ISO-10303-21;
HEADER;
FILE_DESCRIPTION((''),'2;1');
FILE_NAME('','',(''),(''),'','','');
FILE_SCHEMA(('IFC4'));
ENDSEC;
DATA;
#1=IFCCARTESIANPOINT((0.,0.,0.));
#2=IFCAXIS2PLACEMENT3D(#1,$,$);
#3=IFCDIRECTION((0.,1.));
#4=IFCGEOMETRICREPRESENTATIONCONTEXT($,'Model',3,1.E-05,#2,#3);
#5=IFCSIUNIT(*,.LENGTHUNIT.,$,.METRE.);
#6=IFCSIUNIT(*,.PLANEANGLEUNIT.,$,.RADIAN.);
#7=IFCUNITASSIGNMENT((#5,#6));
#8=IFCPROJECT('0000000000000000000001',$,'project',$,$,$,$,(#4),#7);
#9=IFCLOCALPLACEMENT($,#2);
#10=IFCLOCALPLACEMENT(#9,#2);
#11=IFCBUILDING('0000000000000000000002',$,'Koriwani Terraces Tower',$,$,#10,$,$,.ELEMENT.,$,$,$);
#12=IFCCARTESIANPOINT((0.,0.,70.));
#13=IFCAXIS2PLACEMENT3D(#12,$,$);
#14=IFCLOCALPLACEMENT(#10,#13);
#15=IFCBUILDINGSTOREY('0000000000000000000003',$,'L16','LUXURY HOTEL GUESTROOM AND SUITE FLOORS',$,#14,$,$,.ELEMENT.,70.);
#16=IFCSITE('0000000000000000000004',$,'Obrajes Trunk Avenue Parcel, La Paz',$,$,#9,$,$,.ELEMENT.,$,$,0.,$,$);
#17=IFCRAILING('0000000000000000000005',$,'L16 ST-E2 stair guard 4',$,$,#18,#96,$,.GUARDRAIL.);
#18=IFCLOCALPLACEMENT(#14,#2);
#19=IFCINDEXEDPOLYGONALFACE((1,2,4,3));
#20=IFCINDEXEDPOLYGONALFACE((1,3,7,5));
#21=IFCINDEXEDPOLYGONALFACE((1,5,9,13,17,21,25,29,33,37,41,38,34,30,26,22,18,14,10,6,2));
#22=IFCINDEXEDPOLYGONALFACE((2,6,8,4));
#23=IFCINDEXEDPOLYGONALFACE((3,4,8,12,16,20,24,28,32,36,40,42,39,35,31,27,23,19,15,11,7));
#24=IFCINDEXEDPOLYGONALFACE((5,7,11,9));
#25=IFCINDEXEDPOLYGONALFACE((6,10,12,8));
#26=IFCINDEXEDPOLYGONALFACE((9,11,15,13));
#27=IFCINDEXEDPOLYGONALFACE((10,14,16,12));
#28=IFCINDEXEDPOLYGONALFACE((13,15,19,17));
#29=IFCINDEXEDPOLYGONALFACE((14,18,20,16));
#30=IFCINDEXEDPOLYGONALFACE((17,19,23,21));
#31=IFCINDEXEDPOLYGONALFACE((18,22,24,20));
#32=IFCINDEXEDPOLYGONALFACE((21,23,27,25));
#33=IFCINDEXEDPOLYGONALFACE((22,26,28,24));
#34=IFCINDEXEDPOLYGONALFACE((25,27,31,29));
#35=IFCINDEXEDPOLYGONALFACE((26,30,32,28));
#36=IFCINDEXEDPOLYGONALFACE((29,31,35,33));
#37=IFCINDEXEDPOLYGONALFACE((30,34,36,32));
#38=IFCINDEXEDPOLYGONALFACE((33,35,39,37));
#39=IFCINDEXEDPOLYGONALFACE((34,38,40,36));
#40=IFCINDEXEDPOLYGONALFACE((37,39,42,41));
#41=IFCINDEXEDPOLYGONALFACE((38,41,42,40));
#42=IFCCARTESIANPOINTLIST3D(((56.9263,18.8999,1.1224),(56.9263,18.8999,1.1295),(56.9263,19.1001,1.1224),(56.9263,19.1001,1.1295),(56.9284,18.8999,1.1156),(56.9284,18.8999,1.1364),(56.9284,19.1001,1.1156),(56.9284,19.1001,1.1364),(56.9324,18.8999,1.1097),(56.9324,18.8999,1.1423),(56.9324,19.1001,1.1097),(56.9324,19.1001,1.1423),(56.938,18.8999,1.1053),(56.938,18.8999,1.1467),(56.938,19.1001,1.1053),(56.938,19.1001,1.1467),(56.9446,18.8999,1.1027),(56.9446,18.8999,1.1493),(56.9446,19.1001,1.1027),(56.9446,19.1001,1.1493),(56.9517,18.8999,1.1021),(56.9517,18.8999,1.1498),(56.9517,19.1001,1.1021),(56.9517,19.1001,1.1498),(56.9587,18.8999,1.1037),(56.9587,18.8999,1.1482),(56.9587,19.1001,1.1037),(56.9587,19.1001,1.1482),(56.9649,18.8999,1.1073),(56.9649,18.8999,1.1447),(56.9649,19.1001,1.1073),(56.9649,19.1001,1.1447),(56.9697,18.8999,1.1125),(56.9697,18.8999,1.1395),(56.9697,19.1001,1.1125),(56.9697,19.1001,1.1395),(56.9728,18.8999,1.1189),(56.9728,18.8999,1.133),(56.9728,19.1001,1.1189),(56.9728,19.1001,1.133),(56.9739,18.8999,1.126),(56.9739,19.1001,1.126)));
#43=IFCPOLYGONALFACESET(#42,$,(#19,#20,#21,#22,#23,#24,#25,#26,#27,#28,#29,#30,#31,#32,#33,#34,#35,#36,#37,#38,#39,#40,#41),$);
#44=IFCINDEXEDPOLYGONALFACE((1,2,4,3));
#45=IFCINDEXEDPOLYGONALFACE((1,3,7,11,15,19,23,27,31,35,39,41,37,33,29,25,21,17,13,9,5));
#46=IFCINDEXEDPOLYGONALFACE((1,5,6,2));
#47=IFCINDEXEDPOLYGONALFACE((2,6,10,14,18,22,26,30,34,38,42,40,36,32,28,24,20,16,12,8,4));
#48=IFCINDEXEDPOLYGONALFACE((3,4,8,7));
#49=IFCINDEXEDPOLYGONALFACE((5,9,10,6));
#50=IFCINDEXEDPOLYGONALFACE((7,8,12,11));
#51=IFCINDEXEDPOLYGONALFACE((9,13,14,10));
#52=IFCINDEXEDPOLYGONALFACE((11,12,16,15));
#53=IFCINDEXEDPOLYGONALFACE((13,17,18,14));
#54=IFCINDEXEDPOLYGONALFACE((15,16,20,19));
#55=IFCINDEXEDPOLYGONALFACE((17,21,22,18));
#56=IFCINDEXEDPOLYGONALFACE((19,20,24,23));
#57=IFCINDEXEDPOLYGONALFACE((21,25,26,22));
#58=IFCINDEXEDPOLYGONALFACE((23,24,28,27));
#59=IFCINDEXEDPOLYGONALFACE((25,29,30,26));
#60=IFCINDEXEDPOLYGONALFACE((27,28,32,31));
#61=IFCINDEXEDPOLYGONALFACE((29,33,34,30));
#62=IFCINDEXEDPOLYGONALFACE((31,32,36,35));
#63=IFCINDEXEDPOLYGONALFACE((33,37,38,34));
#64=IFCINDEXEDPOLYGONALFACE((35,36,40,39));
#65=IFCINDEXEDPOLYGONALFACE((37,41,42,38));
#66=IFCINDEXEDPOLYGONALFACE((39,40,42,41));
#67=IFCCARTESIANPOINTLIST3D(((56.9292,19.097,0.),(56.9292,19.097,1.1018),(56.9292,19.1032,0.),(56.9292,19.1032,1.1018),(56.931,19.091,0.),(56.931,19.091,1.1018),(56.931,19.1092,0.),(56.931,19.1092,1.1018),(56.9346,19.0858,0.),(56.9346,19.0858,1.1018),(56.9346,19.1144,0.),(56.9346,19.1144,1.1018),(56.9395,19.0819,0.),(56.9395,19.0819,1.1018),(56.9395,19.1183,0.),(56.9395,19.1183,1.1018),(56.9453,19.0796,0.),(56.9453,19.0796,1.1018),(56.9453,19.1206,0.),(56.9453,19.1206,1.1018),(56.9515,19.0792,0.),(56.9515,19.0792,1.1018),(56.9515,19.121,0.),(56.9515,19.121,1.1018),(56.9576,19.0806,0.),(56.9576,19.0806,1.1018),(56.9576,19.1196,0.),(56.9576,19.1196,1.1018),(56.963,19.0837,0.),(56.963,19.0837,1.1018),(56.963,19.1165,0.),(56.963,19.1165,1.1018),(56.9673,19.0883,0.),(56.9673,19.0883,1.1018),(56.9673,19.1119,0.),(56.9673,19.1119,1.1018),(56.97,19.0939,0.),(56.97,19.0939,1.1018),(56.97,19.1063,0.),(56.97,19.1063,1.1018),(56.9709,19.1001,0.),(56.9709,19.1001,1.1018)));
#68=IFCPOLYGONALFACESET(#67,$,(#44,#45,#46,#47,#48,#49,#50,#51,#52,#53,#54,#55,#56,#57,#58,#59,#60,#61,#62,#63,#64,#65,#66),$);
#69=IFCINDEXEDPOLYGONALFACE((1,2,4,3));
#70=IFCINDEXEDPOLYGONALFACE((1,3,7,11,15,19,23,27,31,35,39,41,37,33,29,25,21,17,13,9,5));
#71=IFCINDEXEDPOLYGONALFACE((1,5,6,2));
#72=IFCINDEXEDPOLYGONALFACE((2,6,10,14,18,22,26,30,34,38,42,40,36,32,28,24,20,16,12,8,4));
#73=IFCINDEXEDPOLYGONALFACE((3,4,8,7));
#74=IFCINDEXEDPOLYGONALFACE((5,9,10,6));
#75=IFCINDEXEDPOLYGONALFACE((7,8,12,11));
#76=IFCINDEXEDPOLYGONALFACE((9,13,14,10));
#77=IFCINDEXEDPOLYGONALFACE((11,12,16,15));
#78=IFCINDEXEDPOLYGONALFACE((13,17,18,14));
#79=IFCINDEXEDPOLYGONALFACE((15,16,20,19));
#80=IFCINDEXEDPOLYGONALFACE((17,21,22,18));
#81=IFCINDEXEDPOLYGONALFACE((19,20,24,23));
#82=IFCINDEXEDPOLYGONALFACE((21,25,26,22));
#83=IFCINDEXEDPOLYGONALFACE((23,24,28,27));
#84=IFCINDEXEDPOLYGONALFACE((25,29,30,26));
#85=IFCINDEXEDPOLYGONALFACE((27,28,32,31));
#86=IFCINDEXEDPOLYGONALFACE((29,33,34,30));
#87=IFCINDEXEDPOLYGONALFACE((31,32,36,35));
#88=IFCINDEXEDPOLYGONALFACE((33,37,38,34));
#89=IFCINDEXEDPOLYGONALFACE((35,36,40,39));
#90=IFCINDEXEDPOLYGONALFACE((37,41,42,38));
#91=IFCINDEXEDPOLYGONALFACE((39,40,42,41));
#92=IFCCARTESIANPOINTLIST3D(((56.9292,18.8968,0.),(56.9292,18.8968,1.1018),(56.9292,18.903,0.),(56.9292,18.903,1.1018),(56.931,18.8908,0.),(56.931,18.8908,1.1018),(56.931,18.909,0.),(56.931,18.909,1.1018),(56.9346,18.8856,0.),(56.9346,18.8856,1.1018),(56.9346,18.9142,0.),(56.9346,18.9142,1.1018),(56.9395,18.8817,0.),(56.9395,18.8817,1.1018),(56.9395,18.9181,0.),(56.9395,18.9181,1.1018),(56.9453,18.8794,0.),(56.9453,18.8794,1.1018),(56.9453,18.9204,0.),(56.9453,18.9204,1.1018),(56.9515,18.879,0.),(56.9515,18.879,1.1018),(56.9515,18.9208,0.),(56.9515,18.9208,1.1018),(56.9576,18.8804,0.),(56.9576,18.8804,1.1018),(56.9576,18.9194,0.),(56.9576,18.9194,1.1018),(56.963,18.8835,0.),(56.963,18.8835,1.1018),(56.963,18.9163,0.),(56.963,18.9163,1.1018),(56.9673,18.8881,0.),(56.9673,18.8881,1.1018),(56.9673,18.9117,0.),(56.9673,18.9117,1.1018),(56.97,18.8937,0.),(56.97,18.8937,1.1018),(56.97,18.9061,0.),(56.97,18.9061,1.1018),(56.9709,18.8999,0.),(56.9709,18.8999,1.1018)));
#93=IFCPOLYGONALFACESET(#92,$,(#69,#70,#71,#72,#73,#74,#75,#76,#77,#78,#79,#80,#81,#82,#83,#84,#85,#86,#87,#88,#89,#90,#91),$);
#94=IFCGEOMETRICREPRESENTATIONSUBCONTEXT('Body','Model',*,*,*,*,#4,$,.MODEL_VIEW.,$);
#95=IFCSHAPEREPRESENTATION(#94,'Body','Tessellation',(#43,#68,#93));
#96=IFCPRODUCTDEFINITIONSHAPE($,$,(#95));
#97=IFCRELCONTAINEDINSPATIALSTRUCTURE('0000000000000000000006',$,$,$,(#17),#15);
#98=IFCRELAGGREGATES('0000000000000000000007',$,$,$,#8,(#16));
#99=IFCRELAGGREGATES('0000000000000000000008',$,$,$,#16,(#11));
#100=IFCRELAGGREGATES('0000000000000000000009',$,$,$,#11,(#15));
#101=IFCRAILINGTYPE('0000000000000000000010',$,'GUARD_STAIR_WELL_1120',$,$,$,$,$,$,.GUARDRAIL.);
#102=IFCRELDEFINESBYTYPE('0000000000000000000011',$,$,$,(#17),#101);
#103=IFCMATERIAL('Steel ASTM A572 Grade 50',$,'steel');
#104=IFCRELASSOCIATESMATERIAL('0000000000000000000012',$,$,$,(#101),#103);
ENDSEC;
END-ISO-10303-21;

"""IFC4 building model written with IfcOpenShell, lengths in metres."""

from ifc_helpers import new_model, si_unit, direction, frame, origin, origin_2d, place, context, subcontext, project, spatial, circle, extrude, material, type_object, element, save


model = new_model("IFC4")

# Units and contexts
model_context = context("Model", 3, precision=1e-05, world=origin(), true_north=direction((0.0, 1.0)))
body_context = subcontext(model_context, "Body", "Model", "MODEL_VIEW")
ifc_project = project(units=[si_unit("LENGTHUNIT", "METRE"), si_unit("PLANEANGLEUNIT", "RADIAN")], contexts=[model_context])

# Site, building, storey
site_placement = place(None, origin())
site = spatial("IfcSite", under=ifc_project, at=site_placement, Name="Obrajes Trunk Avenue Parcel, La Paz", CompositionType="ELEMENT", RefElevation=0.0)
building_placement = place(site_placement, origin())
building = spatial("IfcBuilding", under=site, at=building_placement, Name="Koriwani Terraces Tower", CompositionType="ELEMENT")
storey_placement = place(building_placement, frame((0.0, 0.0, 70.0)))
storey = spatial("IfcBuildingStorey", under=building, at=storey_placement, Name="L16", Description="LUXURY HOTEL GUESTROOM AND SUITE FLOORS", CompositionType="ELEMENT", Elevation=70.0)

# Shared definitions
ifc_material_1 = material(Name="Steel ASTM A572 Grade 50", Category="steel")

# Railing
railing_type_1 = type_object("IfcRailingType", Name="GUARD_STAIR_WELL_1120", PredefinedType="GUARDRAIL", material=ifc_material_1)
railing_1_placement = place(storey_placement, frame((56.95, 19.1001, 0.0)))
element("IfcRailing", 1, at=railing_1_placement, inside=storey, type_object=railing_type_1, Name="L16 ST-E2 stair guard 4", PredefinedType="GUARDRAIL", context=body_context, shape_type="SweptSolid", body=[
    extrude(circle(Radius=0.0239, at=origin_2d()), frame((0.0, 0.0, 1.126), z_axis=(0.0, -1.0, 0.0), x_axis=(1.0, 0.0, 0.0)), (0.0, 0.0, 1.0), 0.2002),
    extrude(circle(Radius=0.021, at=origin_2d()), origin(), (0.0, 0.0, 1.0), 1.1018),
    extrude(circle(Radius=0.021, at=origin_2d()), frame((0.0, -0.2002, 0.0)), (0.0, 0.0, 1.0), 1.1018),
])

save(model, "model.ifc")
